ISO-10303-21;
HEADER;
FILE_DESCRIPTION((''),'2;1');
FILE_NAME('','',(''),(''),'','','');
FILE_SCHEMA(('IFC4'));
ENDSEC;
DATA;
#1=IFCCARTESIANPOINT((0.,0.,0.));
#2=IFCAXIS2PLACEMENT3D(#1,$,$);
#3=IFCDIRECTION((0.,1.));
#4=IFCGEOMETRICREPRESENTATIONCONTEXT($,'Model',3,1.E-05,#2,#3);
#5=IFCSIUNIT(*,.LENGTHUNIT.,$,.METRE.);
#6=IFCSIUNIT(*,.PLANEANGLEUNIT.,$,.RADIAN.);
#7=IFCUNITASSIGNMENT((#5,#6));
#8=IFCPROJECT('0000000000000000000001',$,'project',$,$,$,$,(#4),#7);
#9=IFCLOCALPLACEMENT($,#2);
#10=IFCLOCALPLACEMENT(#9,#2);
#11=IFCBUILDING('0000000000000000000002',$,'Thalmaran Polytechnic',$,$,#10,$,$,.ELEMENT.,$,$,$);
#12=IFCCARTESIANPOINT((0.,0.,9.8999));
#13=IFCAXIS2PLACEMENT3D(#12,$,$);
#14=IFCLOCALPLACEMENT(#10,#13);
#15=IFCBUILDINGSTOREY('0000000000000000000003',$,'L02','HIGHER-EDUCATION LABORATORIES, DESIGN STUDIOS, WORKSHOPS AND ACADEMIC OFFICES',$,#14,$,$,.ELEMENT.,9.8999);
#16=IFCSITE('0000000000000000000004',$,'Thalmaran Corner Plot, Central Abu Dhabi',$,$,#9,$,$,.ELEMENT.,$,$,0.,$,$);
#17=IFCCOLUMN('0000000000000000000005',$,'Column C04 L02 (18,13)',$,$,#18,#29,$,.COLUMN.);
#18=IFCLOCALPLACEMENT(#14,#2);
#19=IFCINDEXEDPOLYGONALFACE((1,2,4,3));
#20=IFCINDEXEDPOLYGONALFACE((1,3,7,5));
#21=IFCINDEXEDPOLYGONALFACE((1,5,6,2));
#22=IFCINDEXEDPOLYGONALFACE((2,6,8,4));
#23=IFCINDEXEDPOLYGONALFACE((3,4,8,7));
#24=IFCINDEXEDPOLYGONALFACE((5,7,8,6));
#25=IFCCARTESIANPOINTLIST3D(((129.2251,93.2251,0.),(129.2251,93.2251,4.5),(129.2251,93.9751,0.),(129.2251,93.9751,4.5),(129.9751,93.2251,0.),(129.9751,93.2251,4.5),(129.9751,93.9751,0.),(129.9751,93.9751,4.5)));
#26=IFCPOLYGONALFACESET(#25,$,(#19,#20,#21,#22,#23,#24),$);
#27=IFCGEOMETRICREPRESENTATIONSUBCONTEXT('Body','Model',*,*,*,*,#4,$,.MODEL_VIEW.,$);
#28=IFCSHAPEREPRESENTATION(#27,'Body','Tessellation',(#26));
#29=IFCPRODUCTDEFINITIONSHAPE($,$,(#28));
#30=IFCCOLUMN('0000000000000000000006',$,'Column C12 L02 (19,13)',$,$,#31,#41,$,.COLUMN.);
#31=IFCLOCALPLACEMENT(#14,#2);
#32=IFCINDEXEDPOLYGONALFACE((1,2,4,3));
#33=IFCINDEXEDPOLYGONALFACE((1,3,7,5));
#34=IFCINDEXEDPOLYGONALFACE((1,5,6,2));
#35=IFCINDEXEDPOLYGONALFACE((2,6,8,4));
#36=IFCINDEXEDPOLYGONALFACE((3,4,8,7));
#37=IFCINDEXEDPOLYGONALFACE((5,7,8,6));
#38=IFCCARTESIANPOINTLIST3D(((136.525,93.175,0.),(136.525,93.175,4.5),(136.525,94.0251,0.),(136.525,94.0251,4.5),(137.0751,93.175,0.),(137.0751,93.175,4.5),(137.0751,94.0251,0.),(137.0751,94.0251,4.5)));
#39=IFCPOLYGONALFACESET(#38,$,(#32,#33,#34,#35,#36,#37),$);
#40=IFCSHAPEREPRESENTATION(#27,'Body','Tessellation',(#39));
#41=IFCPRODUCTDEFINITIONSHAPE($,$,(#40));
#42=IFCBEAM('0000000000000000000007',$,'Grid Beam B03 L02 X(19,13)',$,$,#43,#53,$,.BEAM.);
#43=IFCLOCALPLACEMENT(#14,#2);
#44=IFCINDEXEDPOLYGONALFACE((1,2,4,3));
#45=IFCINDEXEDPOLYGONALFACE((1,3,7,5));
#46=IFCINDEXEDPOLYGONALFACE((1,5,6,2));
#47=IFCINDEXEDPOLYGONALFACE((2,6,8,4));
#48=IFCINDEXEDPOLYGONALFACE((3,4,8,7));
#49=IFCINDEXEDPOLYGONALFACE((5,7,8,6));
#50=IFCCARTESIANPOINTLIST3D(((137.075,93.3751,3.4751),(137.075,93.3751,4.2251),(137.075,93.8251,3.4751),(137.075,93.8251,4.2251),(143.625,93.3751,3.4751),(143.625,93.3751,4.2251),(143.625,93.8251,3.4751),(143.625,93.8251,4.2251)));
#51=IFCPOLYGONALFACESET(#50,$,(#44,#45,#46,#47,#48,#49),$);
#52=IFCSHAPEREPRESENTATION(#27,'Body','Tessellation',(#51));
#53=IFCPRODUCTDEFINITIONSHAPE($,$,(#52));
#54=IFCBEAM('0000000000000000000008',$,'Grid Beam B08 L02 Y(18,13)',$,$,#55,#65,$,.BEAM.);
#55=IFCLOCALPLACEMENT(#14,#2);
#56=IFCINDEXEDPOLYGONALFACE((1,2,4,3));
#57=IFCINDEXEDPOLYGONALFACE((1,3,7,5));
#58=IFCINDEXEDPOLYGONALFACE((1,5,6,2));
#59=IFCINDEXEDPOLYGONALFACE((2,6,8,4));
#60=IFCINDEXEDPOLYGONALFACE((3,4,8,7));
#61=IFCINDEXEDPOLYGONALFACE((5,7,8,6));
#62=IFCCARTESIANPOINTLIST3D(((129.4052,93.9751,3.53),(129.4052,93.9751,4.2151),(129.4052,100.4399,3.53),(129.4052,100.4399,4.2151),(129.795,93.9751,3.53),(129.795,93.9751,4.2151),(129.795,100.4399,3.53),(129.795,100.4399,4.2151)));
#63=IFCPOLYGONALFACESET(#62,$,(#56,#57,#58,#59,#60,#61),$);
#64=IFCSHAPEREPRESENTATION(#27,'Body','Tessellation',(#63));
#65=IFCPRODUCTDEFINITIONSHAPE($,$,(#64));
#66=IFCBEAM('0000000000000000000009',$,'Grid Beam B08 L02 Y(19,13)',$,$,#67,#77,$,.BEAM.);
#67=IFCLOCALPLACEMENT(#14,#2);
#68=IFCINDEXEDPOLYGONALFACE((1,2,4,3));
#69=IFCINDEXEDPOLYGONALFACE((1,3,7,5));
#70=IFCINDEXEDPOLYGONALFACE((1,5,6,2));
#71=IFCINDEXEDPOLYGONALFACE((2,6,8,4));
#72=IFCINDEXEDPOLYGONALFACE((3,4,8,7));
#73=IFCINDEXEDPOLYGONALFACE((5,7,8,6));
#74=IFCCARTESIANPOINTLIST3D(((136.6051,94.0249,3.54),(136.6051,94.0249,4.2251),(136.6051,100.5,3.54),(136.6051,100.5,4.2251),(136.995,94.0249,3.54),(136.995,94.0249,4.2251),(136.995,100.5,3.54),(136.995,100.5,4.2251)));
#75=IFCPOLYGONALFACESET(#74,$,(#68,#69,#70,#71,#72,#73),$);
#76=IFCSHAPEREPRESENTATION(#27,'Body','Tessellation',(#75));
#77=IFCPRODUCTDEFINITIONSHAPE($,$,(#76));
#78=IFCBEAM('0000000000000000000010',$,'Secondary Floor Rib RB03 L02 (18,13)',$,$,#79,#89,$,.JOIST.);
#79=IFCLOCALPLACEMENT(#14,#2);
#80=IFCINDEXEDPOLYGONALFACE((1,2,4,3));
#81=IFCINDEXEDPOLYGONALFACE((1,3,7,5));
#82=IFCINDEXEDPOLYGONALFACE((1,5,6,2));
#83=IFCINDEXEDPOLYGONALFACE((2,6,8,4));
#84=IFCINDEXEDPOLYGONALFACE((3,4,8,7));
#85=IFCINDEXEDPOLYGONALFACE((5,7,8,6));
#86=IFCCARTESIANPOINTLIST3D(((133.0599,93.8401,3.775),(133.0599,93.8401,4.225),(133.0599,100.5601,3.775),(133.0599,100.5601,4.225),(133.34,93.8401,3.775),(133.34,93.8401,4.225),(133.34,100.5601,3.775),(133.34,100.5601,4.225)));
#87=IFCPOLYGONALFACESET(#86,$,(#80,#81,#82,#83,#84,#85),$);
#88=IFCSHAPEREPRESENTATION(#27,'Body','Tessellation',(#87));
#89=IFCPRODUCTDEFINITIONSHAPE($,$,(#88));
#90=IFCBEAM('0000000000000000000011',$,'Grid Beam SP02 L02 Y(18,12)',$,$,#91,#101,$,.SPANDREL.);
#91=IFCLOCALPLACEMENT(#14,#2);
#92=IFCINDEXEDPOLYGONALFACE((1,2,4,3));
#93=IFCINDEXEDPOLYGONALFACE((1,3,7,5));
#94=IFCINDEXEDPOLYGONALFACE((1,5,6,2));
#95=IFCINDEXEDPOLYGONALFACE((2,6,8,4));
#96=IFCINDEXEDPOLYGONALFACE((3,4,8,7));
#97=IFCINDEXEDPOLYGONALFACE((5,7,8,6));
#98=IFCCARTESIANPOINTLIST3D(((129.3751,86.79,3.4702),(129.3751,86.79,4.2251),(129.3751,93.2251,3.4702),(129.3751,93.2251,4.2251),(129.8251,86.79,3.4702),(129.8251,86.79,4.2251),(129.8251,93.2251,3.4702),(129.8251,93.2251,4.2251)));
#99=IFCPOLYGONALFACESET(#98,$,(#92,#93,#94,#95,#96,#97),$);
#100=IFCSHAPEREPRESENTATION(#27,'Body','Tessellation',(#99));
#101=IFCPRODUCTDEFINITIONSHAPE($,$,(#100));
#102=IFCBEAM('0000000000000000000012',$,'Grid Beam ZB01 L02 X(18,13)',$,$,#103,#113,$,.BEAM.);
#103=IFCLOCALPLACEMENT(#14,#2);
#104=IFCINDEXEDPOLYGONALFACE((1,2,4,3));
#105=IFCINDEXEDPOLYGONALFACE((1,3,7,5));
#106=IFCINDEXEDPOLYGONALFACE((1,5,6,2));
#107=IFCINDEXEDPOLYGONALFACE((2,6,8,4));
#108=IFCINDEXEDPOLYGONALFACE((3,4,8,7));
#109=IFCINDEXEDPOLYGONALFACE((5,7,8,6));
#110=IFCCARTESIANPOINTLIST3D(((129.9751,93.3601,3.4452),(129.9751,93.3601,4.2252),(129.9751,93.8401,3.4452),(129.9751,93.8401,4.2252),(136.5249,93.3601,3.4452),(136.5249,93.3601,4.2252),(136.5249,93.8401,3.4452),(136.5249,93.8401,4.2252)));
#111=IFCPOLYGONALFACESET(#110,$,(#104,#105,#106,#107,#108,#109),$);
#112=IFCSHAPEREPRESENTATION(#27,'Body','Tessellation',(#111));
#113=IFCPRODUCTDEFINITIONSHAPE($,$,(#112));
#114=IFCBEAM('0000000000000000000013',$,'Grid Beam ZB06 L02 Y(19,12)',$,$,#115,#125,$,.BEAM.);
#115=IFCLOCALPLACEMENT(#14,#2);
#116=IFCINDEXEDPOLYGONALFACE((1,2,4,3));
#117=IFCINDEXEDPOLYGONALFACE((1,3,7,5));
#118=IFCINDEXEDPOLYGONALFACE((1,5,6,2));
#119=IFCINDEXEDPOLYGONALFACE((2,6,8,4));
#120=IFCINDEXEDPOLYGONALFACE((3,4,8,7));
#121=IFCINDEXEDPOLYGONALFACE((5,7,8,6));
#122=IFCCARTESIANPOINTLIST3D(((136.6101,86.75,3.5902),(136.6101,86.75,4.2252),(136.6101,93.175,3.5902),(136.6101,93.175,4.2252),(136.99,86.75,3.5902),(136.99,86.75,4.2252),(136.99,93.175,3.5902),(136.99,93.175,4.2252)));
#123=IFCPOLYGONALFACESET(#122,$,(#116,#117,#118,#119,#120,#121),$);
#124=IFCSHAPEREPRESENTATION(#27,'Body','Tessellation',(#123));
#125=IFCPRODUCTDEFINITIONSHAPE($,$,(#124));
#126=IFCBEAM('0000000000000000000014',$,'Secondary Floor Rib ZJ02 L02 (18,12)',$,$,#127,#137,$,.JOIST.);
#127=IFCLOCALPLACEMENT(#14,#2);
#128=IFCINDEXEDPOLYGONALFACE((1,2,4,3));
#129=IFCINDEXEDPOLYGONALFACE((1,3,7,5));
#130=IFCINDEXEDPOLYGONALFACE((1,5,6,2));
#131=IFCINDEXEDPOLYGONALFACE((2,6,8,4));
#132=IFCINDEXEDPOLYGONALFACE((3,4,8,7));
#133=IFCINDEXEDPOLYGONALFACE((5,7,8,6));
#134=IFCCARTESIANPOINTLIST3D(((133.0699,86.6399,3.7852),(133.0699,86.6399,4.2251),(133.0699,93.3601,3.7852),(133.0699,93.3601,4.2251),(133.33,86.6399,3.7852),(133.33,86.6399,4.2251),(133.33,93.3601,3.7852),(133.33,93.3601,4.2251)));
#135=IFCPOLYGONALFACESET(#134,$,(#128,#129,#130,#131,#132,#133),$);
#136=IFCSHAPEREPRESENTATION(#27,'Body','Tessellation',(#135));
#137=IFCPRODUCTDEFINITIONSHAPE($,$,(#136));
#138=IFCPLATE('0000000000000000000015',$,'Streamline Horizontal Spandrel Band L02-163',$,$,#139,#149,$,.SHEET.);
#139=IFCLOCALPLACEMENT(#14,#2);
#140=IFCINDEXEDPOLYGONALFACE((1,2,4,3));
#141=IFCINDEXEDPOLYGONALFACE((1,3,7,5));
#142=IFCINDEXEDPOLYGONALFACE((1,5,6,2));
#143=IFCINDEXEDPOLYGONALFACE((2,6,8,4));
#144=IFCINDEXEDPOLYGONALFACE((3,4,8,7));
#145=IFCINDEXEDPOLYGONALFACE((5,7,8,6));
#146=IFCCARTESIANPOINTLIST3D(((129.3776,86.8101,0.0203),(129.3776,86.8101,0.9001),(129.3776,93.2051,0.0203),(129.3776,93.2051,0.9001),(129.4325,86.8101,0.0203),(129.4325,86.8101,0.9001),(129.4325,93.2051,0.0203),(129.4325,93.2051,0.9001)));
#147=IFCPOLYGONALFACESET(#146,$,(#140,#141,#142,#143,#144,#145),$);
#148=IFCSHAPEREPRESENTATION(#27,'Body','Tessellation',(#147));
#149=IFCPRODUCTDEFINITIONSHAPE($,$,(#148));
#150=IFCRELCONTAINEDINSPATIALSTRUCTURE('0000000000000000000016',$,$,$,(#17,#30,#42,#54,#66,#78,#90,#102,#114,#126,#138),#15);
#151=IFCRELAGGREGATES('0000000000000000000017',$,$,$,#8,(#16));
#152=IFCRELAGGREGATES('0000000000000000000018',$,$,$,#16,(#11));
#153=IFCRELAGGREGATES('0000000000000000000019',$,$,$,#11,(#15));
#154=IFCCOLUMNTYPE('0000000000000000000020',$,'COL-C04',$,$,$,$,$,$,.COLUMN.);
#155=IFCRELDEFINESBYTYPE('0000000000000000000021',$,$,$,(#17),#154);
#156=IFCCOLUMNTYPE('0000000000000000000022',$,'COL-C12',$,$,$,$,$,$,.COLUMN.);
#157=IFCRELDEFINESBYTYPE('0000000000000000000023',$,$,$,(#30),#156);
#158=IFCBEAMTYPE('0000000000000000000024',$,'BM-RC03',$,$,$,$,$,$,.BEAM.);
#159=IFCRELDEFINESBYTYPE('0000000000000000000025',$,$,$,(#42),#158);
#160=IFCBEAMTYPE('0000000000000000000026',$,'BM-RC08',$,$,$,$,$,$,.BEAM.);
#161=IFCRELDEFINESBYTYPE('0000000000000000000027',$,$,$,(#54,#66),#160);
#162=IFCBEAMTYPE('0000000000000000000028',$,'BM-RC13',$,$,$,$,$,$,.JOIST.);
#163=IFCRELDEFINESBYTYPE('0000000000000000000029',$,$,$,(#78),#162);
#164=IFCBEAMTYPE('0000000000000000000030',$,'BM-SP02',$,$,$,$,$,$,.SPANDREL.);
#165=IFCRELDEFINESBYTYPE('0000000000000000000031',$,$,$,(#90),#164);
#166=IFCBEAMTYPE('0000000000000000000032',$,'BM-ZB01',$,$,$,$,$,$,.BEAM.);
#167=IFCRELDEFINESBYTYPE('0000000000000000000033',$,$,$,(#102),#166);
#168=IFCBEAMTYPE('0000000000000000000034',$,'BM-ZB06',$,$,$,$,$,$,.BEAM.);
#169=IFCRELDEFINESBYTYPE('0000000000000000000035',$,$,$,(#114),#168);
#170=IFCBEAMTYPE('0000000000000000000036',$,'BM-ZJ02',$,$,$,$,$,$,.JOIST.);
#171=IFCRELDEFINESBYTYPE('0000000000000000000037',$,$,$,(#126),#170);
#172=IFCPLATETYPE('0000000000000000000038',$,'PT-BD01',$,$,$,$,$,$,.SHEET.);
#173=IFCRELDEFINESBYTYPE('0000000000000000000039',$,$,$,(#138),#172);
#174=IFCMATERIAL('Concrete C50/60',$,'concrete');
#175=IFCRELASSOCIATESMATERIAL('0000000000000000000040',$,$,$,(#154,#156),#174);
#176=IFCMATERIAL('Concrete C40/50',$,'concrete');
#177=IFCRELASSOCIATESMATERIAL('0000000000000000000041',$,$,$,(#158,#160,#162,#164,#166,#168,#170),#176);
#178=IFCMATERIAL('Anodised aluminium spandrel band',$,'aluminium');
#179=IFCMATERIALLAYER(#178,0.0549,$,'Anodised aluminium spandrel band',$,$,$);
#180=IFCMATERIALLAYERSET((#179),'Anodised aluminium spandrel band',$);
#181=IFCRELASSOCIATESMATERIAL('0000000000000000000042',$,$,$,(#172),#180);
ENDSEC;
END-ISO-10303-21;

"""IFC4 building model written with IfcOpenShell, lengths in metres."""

from ifc_helpers import new_model, si_unit, direction, frame, origin, origin_2d, place, context, subcontext, project, spatial, rectangle, extrude, material, layer, layer_set, material_profile, profile_set, type_object, element, save


model = new_model("IFC4")

# Units and contexts
model_context = context("Model", 3, precision=1e-05, world=origin(), true_north=direction((0.0, 1.0)))
body_context = subcontext(model_context, "Body", "Model", "MODEL_VIEW")
ifc_project = project(units=[si_unit("LENGTHUNIT", "METRE"), si_unit("PLANEANGLEUNIT", "RADIAN")], contexts=[model_context])

# Site, building, storey
site_placement = place(None, origin())
site = spatial("IfcSite", under=ifc_project, at=site_placement, Name="Thalmaran Corner Plot, Central Abu Dhabi", CompositionType="ELEMENT", RefElevation=0.0)
building_placement = place(site_placement, origin())
building = spatial("IfcBuilding", under=site, at=building_placement, Name="Thalmaran Polytechnic", CompositionType="ELEMENT")
storey_placement = place(building_placement, frame((0.0, 0.0, 9.8999)))
storey = spatial("IfcBuildingStorey", under=building, at=storey_placement, Name="L02", Description="HIGHER-EDUCATION LABORATORIES, DESIGN STUDIOS, WORKSHOPS AND ACADEMIC OFFICES", CompositionType="ELEMENT", Elevation=9.8999)

# Columns
ifc_material_1 = material(Name="Concrete C50/60", Category="concrete")
ifc_material_profile_1 = material_profile(ifc_material_1, rectangle(XDim=0.75, YDim=0.75, at=origin_2d()), Name="RC 750x750")
ifc_profile_set_1 = profile_set([ifc_material_profile_1], Name="Concrete C50/60")
column_type_1 = type_object("IfcColumnType", Name="COL-C04", PredefinedType="COLUMN", material=ifc_profile_set_1)
column_1_placement = place(storey_placement, frame((129.6001, 93.6001, 0.0), z_axis=(0.0, 0.0, 1.0), x_axis=(1.0, 0.0, 0.0)))
element("IfcColumn", 1, at=column_1_placement, inside=storey, type_object=column_type_1, Name="Column C04 L02 (18,13)", PredefinedType="COLUMN", context=body_context, shape_type="SweptSolid", body=[
    extrude(rectangle(XDim=0.75, YDim=0.75, at=origin_2d()), origin(), (0.0, 0.0, 1.0), 4.5),
])
ifc_material_profile_2 = material_profile(ifc_material_1, rectangle(XDim=0.55, YDim=0.8501, at=origin_2d()), Name="RC 550x850")
ifc_profile_set_2 = profile_set([ifc_material_profile_2], Name="Concrete C50/60")
column_type_2 = type_object("IfcColumnType", Name="COL-C12", PredefinedType="COLUMN", material=ifc_profile_set_2)
column_2_placement = place(storey_placement, frame((136.8, 93.6001, 0.0), z_axis=(0.0, 0.0, 1.0), x_axis=(1.0, 0.0, 0.0)))
element("IfcColumn", 2, at=column_2_placement, inside=storey, type_object=column_type_2, Name="Column C12 L02 (19,13)", PredefinedType="COLUMN", context=body_context, shape_type="SweptSolid", body=[
    extrude(rectangle(XDim=0.55, YDim=0.8501, at=origin_2d()), origin(), (0.0, 0.0, 1.0), 4.5),
])

# Beams
ifc_material_2 = material(Name="Concrete C40/50", Category="concrete")
ifc_material_profile_3 = material_profile(ifc_material_2, rectangle(XDim=0.45, YDim=0.75, at=origin_2d()), Name="RC 450x750")
ifc_profile_set_3 = profile_set([ifc_material_profile_3], Name="Concrete C40/50")
beam_type_1 = type_object("IfcBeamType", Name="BM-RC03", PredefinedType="BEAM", material=ifc_profile_set_3)
beam_1_placement = place(storey_placement, frame((137.075, 93.6001, 3.8501), z_axis=(1.0, 0.0, 0.0), x_axis=(0.0, 1.0, 0.0)))
element("IfcBeam", 3, at=beam_1_placement, inside=storey, type_object=beam_type_1, Name="Grid Beam B03 L02 X(19,13)", PredefinedType="BEAM", context=body_context, shape_type="SweptSolid", body=[
    extrude(rectangle(XDim=0.45, YDim=0.75, at=origin_2d()), origin(), (0.0, 0.0, 1.0), 6.55),
])
ifc_material_profile_4 = material_profile(ifc_material_2, rectangle(XDim=0.3899, YDim=0.6851, at=origin_2d()), Name="RC 390x685")
ifc_profile_set_4 = profile_set([ifc_material_profile_4], Name="Concrete C40/50")
beam_type_2 = type_object("IfcBeamType", Name="BM-RC08", PredefinedType="BEAM", material=ifc_profile_set_4)
beam_2_placement = place(storey_placement, frame((129.6001, 93.9751, 3.8726), z_axis=(0.0, 1.0, 0.0), x_axis=(-1.0, 0.0, 0.0)))
element("IfcBeam", 4, at=beam_2_placement, inside=storey, type_object=beam_type_2, Name="Grid Beam B08 L02 Y(18,13)", PredefinedType="BEAM", context=body_context, shape_type="SweptSolid", body=[
    extrude(rectangle(XDim=0.3899, YDim=0.6851, at=origin_2d()), origin(), (0.0, 0.0, 1.0), 6.4648),
])
beam_3_placement = place(storey_placement, frame((136.8, 94.0249, 3.8826), z_axis=(0.0, 1.0, 0.0), x_axis=(-1.0, 0.0, 0.0)))
element("IfcBeam", 5, at=beam_3_placement, inside=storey, type_object=beam_type_2, Name="Grid Beam B08 L02 Y(19,13)", PredefinedType="BEAM", context=body_context, shape_type="SweptSolid", body=[
    extrude(rectangle(XDim=0.3899, YDim=0.6851, at=origin_2d()), origin(), (0.0, 0.0, 1.0), 6.4751),
])
ifc_material_profile_5 = material_profile(ifc_material_2, rectangle(XDim=0.28, YDim=0.45, at=origin_2d()), Name="RC 280x450")
ifc_profile_set_5 = profile_set([ifc_material_profile_5], Name="Concrete C40/50")
beam_type_3 = type_object("IfcBeamType", Name="BM-RC13", PredefinedType="JOIST", material=ifc_profile_set_5)
beam_4_placement = place(storey_placement, frame((133.2, 93.8401, 4.0), z_axis=(0.0, 1.0, 0.0), x_axis=(-1.0, 0.0, 0.0)))
element("IfcBeam", 6, at=beam_4_placement, inside=storey, type_object=beam_type_3, Name="Secondary Floor Rib RB03 L02 (18,13)", PredefinedType="JOIST", context=body_context, shape_type="SweptSolid", body=[
    extrude(rectangle(XDim=0.28, YDim=0.45, at=origin_2d()), origin(), (0.0, 0.0, 1.0), 6.72),
])
ifc_material_profile_6 = material_profile(ifc_material_2, rectangle(XDim=0.45, YDim=0.7549, at=origin_2d()), Name="RC 450x755")
ifc_profile_set_6 = profile_set([ifc_material_profile_6], Name="Concrete C40/50")
beam_type_4 = type_object("IfcBeamType", Name="BM-SP02", PredefinedType="SPANDREL", material=ifc_profile_set_6)
beam_5_placement = place(storey_placement, frame((129.6001, 86.79, 3.8477), z_axis=(0.0, 1.0, 0.0), x_axis=(-1.0, 0.0, 0.0)))
element("IfcBeam", 7, at=beam_5_placement, inside=storey, type_object=beam_type_4, Name="Grid Beam SP02 L02 Y(18,12)", PredefinedType="SPANDREL", context=body_context, shape_type="SweptSolid", body=[
    extrude(rectangle(XDim=0.45, YDim=0.7549, at=origin_2d()), origin(), (0.0, 0.0, 1.0), 6.4351),
])
ifc_material_profile_7 = material_profile(ifc_material_2, rectangle(XDim=0.48, YDim=0.78, at=origin_2d()), Name="RC 480x780")
ifc_profile_set_7 = profile_set([ifc_material_profile_7], Name="Concrete C40/50")
beam_type_5 = type_object("IfcBeamType", Name="BM-ZB01", PredefinedType="BEAM", material=ifc_profile_set_7)
beam_6_placement = place(storey_placement, frame((129.9751, 93.6001, 3.8352), z_axis=(1.0, 0.0, 0.0), x_axis=(0.0, 1.0, 0.0)))
element("IfcBeam", 8, at=beam_6_placement, inside=storey, type_object=beam_type_5, Name="Grid Beam ZB01 L02 X(18,13)", PredefinedType="BEAM", context=body_context, shape_type="SweptSolid", body=[
    extrude(rectangle(XDim=0.48, YDim=0.78, at=origin_2d()), origin(), (0.0, 0.0, 1.0), 6.5498),
])
ifc_material_profile_8 = material_profile(ifc_material_2, rectangle(XDim=0.3799, YDim=0.635, at=origin_2d()), Name="RC 380x635")
ifc_profile_set_8 = profile_set([ifc_material_profile_8], Name="Concrete C40/50")
beam_type_6 = type_object("IfcBeamType", Name="BM-ZB06", PredefinedType="BEAM", material=ifc_profile_set_8)
beam_7_placement = place(storey_placement, frame((136.8, 86.75, 3.9077), z_axis=(0.0, 1.0, 0.0), x_axis=(-1.0, 0.0, 0.0)))
element("IfcBeam", 9, at=beam_7_placement, inside=storey, type_object=beam_type_6, Name="Grid Beam ZB06 L02 Y(19,12)", PredefinedType="BEAM", context=body_context, shape_type="SweptSolid", body=[
    extrude(rectangle(XDim=0.3799, YDim=0.635, at=origin_2d()), origin(), (0.0, 0.0, 1.0), 6.425),
])
ifc_material_profile_9 = material_profile(ifc_material_2, rectangle(XDim=0.26, YDim=0.4399, at=origin_2d()), Name="RC 260x440")
ifc_profile_set_9 = profile_set([ifc_material_profile_9], Name="Concrete C40/50")
beam_type_7 = type_object("IfcBeamType", Name="BM-ZJ02", PredefinedType="JOIST", material=ifc_profile_set_9)
beam_8_placement = place(storey_placement, frame((133.2, 86.6399, 4.0051), z_axis=(0.0, 1.0, 0.0), x_axis=(-1.0, 0.0, 0.0)))
element("IfcBeam", 10, at=beam_8_placement, inside=storey, type_object=beam_type_7, Name="Secondary Floor Rib ZJ02 L02 (18,12)", PredefinedType="JOIST", context=body_context, shape_type="SweptSolid", body=[
    extrude(rectangle(XDim=0.26, YDim=0.4399, at=origin_2d()), origin(), (0.0, 0.0, 1.0), 6.7202),
])

# Plate
ifc_material_3 = material(Name="Anodised aluminium spandrel band", Category="aluminium")
ifc_layer_1 = layer(ifc_material_3, 0.0549, Name="Anodised aluminium spandrel band")
ifc_layer_set_1 = layer_set([ifc_layer_1], Name="Anodised aluminium spandrel band")
plate_type = type_object("IfcPlateType", Name="PT-BD01", PredefinedType="SHEET", material=ifc_layer_set_1)
plate_placement = place(storey_placement, frame((129.405, 90.0076, 0.0203), z_axis=(0.0, 0.0, 1.0), x_axis=(0.0, 1.0, 0.0)))
element("IfcPlate", 11, at=plate_placement, inside=storey, type_object=plate_type, Name="Streamline Horizontal Spandrel Band L02-163", PredefinedType="SHEET", context=body_context, shape_type="SweptSolid", body=[
    extrude(rectangle(XDim=6.395, YDim=0.0549, at=origin_2d()), origin(), (0.0, 0.0, 1.0), 0.8799),
])

save(model, "model.ifc")
